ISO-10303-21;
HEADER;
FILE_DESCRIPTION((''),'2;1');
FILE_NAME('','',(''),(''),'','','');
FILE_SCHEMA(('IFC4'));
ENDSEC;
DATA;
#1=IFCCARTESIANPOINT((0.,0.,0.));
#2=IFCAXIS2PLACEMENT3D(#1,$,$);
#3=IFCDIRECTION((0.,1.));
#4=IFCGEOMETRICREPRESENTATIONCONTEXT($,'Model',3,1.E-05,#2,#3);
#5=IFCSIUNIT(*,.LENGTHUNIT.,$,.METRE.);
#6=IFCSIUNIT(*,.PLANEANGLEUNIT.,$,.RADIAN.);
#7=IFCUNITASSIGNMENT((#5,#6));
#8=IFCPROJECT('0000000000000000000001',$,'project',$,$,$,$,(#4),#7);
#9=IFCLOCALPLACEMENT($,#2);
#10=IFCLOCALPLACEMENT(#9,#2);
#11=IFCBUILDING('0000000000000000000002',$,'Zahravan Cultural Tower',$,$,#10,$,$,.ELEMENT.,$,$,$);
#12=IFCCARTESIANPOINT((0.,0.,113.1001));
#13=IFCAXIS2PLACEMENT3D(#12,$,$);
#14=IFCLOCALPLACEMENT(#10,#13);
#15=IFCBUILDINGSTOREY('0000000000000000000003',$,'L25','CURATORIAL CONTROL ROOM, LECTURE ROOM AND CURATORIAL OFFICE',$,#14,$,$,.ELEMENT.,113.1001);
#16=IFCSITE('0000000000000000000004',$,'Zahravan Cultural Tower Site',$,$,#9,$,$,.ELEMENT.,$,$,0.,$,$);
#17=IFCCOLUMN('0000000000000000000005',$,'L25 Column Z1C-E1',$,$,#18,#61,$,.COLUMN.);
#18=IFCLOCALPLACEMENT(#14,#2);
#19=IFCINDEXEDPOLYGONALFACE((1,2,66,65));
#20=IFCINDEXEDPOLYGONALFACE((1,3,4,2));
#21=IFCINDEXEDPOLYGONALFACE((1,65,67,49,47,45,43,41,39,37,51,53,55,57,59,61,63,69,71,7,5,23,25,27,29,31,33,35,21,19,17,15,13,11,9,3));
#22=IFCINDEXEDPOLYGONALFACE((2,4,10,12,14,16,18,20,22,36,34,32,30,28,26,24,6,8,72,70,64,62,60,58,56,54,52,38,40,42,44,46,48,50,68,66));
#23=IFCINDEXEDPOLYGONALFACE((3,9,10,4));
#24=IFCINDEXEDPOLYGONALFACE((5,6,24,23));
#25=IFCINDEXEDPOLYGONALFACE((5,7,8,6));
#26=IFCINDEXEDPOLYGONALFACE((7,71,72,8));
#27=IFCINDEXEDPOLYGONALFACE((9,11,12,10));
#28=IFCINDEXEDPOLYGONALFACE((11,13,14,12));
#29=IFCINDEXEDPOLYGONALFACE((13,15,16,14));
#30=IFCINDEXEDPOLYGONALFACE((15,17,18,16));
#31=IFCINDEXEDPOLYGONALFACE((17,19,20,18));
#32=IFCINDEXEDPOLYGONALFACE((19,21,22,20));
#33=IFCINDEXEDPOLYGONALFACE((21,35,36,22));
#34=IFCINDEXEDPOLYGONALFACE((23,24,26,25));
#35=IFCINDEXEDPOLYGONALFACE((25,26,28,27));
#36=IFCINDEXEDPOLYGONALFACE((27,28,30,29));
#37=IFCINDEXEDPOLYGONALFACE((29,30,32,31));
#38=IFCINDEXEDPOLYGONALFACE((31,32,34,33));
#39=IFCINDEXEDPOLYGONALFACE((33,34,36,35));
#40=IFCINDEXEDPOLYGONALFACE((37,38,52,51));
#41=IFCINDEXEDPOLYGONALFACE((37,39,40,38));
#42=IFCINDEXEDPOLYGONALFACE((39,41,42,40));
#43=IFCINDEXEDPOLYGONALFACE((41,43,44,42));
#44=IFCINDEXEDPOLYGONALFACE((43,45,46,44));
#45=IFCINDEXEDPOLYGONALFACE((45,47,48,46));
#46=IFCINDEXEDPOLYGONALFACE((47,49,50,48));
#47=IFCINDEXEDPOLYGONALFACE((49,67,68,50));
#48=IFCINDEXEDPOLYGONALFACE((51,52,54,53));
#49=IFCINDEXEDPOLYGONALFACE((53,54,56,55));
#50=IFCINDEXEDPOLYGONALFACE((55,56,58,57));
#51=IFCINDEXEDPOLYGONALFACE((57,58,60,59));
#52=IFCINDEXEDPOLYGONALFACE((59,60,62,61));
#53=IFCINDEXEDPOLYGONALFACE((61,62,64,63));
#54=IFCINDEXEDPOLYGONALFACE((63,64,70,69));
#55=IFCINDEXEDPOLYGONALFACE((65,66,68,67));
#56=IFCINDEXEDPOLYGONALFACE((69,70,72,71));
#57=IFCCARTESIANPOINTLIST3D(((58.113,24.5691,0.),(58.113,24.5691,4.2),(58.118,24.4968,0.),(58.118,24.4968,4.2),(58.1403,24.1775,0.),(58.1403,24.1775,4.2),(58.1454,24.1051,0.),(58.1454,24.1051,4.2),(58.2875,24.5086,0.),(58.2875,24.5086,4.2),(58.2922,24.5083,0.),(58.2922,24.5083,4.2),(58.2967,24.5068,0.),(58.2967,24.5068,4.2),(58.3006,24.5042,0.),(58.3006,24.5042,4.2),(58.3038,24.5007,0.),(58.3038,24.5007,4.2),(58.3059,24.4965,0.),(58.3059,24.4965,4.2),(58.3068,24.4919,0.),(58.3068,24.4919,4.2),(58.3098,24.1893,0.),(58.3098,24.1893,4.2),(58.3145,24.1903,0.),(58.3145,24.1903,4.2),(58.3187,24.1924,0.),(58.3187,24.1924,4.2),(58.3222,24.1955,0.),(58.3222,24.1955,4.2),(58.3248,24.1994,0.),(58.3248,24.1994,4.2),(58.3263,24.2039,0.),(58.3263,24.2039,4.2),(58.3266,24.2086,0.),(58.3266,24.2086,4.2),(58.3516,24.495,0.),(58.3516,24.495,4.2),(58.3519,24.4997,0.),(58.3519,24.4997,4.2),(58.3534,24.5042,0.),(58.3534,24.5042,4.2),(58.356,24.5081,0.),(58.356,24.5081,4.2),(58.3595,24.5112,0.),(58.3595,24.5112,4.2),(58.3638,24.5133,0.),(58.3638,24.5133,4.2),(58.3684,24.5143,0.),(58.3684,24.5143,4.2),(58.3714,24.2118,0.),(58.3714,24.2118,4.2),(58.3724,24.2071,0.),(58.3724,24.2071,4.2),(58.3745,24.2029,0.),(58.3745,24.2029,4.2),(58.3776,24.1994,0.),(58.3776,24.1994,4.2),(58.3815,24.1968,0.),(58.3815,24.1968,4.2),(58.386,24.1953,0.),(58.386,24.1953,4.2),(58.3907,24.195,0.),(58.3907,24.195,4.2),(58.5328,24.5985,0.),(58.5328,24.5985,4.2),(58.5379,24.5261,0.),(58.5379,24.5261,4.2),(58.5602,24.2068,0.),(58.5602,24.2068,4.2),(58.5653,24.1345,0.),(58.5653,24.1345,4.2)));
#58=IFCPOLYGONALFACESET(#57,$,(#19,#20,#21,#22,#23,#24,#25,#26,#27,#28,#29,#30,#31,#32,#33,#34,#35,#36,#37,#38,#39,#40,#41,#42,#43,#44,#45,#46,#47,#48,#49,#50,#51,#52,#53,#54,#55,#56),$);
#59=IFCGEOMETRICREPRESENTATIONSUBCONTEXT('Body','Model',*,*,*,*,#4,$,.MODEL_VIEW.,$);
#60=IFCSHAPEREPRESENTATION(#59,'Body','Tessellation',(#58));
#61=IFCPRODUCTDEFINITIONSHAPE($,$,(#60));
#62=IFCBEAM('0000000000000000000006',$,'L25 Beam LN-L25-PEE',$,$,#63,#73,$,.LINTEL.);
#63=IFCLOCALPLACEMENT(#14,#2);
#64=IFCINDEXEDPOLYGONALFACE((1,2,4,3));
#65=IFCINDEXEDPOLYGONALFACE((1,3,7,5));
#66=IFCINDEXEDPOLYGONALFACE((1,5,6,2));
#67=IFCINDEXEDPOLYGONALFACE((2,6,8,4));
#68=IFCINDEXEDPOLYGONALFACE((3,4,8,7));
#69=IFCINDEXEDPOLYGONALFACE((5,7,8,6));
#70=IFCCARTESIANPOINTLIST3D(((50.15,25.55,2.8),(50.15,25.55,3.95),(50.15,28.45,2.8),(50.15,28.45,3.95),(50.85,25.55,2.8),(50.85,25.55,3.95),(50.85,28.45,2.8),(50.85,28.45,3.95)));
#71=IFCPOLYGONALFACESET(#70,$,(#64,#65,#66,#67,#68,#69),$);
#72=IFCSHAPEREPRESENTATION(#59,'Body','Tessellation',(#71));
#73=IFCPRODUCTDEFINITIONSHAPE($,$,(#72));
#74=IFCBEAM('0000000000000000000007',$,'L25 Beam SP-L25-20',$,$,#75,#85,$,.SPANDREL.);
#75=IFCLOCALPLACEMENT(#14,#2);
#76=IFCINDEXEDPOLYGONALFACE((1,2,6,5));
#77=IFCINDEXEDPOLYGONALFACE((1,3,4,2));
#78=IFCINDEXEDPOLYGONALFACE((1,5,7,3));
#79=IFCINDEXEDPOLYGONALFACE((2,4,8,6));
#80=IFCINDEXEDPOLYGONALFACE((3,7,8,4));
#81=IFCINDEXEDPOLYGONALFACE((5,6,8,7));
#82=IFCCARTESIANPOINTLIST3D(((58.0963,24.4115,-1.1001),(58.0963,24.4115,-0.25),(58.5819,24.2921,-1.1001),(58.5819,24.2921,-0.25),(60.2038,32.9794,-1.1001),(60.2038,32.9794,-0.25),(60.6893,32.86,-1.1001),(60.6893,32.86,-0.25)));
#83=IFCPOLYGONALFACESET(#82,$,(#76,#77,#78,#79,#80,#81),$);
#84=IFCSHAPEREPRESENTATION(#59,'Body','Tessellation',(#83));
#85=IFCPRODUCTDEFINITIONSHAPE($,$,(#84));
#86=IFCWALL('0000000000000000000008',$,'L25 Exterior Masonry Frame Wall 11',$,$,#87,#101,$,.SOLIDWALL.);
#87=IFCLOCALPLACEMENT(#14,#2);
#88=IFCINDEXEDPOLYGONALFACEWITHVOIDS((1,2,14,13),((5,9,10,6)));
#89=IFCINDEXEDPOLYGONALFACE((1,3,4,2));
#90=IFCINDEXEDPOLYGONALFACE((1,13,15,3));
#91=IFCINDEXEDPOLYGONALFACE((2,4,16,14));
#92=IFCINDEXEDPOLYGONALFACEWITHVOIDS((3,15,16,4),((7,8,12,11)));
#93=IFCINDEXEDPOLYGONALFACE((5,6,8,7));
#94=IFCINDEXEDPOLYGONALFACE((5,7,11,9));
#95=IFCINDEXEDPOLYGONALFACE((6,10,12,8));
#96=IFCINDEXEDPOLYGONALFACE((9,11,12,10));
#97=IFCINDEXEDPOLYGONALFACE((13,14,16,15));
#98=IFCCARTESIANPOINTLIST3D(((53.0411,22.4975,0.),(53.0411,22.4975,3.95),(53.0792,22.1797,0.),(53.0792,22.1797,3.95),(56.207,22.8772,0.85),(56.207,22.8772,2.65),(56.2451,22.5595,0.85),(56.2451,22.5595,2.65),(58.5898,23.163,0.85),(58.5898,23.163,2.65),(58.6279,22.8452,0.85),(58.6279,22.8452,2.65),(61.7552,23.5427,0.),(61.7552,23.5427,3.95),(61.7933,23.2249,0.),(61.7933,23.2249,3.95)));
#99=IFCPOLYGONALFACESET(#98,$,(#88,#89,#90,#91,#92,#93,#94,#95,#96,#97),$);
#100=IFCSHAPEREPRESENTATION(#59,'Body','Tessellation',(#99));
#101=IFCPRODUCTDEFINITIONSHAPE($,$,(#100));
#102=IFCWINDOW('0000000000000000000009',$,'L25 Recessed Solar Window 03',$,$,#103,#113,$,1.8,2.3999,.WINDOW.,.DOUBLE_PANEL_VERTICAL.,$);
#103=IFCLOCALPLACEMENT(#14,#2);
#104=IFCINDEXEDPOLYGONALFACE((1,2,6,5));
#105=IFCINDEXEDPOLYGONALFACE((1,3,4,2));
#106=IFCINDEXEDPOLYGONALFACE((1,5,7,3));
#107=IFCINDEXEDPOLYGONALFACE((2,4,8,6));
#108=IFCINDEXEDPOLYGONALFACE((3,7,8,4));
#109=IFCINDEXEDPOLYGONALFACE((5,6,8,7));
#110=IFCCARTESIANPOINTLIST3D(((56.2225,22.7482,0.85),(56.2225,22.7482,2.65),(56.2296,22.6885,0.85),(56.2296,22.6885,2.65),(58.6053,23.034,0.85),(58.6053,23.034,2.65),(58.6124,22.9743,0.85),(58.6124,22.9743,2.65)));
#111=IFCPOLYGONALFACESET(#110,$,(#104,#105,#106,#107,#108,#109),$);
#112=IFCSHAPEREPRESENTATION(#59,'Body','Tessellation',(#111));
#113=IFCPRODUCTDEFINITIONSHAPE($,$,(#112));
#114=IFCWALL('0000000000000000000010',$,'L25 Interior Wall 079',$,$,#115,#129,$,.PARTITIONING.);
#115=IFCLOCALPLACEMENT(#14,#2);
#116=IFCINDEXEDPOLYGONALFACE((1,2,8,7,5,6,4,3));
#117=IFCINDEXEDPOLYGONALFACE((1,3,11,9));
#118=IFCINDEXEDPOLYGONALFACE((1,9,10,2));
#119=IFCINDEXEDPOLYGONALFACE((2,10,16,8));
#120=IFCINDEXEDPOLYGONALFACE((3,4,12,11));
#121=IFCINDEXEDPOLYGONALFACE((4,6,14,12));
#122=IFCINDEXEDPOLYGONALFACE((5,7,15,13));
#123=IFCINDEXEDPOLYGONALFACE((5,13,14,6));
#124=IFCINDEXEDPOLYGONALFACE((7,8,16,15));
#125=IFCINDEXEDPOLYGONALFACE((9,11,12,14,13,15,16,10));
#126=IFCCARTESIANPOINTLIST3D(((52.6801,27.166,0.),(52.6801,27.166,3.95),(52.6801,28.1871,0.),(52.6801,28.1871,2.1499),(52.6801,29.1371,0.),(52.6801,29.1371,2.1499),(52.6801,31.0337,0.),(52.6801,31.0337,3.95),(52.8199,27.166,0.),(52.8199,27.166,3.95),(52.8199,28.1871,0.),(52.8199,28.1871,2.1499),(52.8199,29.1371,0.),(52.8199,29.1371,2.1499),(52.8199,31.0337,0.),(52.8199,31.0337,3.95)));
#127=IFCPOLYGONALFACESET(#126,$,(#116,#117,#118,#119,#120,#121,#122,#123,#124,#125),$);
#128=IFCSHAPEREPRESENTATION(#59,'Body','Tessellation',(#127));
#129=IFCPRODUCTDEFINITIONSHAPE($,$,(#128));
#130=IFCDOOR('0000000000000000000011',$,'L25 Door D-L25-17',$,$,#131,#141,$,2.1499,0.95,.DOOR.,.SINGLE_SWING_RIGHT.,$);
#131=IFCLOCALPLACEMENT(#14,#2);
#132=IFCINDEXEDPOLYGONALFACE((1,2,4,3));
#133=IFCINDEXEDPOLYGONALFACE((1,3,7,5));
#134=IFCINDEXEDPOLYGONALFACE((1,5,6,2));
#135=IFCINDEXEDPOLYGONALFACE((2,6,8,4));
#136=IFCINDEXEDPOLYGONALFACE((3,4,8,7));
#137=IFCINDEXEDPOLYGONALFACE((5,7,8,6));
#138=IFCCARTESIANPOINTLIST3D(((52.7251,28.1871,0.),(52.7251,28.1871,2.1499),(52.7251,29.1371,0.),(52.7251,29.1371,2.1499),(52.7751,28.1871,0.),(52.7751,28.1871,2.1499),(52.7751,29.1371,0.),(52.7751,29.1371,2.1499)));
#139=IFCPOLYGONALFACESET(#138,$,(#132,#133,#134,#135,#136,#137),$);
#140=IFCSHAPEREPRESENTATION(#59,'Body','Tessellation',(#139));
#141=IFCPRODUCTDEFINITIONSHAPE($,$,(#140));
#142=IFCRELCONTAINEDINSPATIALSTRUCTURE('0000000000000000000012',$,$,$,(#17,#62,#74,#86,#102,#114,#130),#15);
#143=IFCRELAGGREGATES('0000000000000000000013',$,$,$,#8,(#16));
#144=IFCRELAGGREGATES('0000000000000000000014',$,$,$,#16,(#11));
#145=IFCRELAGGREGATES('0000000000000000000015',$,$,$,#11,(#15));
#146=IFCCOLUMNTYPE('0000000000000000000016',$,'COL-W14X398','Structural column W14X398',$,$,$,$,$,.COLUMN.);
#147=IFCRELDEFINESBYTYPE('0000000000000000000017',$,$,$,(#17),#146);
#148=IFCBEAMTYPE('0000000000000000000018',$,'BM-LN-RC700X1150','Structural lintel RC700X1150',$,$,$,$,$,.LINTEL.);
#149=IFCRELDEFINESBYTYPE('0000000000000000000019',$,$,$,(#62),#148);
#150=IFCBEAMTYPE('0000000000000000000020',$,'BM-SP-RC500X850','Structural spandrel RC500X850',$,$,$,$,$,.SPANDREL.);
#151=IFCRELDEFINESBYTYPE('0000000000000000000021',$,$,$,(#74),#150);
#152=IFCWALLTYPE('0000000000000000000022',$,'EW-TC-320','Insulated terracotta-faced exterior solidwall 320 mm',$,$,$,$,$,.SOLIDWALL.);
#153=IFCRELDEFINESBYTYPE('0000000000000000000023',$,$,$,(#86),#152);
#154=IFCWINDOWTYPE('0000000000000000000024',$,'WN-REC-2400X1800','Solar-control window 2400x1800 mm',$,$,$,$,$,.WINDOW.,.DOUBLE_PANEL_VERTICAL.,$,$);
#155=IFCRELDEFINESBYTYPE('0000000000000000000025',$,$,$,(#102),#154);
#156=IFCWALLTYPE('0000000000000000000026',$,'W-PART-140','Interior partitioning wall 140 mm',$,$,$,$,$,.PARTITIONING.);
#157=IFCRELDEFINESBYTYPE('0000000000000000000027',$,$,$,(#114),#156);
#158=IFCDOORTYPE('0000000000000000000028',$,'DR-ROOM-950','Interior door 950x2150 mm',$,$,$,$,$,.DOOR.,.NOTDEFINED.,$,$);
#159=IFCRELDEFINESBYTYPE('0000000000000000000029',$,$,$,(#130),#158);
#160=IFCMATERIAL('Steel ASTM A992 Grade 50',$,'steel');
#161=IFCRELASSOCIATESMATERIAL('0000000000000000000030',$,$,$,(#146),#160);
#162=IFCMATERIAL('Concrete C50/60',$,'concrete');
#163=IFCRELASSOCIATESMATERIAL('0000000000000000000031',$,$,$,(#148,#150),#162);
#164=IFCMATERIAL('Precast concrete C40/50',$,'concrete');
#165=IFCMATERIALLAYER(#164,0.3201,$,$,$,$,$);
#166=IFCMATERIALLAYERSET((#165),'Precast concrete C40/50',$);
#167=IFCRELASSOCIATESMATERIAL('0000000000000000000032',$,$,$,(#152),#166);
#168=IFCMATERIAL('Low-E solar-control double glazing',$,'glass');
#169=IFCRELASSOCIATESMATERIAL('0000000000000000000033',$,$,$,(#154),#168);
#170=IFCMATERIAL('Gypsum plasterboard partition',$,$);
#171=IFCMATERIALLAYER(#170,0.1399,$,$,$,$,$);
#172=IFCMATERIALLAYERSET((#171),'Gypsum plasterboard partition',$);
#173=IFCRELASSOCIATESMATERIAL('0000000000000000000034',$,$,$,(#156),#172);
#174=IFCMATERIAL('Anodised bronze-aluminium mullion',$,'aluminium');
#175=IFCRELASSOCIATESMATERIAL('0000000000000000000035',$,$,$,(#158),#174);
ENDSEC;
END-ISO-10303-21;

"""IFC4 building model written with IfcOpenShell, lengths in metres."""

from ifc_helpers import new_model, si_unit, direction, frame, frame_2d, origin, origin_2d, place, context, subcontext, project, spatial, rectangle, i_section, extrude, source, transform, mapped, material, layer, layer_set, material_profile, profile_set, type_object, element, fill, save


model = new_model("IFC4")

# Units and contexts
model_context = context("Model", 3, precision=1e-05, world=origin(), true_north=direction((0.0, 1.0)))
body_context = subcontext(model_context, "Body", "Model", "MODEL_VIEW")
ifc_project = project(units=[si_unit("LENGTHUNIT", "METRE"), si_unit("PLANEANGLEUNIT", "RADIAN")], contexts=[model_context])

# Site, building, storey
site_placement = place(None, origin())
site = spatial("IfcSite", under=ifc_project, at=site_placement, Name="Zahravan Cultural Tower Site", CompositionType="ELEMENT", RefElevation=0.0)
building_placement = place(site_placement, origin())
building = spatial("IfcBuilding", under=site, at=building_placement, Name="Zahravan Cultural Tower", CompositionType="ELEMENT")
storey_placement = place(building_placement, frame((0.0, 0.0, 113.1001)))
storey = spatial("IfcBuildingStorey", under=building, at=storey_placement, Name="L25", Description="CURATORIAL CONTROL ROOM, LECTURE ROOM AND CURATORIAL OFFICE", CompositionType="ELEMENT", Elevation=113.1001)

# Column
ifc_material_1 = material(Name="Steel ASTM A992 Grade 50", Category="steel")
ifc_material_profile_1 = material_profile(ifc_material_1, i_section(OverallWidth=0.4209, OverallDepth=0.4651, WebThickness=0.0449, FlangeThickness=0.0725, FilletRadius=0.0181, at=origin_2d()), Name="W14X398")
ifc_profile_set_1 = profile_set([ifc_material_profile_1], Name="Steel ASTM A992 Grade 50")
column_type = type_object("IfcColumnType", Name="COL-W14X398", Description="Structural column W14X398", PredefinedType="COLUMN", material=ifc_profile_set_1)
shared_shape_1 = source(origin(), body_context, "Body", "SweptSolid", [
    extrude(i_section(OverallWidth=0.4209, OverallDepth=0.4651, WebThickness=0.0449, FlangeThickness=0.0725, FilletRadius=0.0181, at=origin_2d()), origin(), (0.0, 0.0, 1.0), 4.2),
])
column_placement = place(storey_placement, frame((58.3391, 24.3518, 0.0), z_axis=(0.0, 0.0, 1.0), x_axis=(0.997564, 0.069756, 0.0)))
element("IfcColumn", 1, at=column_placement, inside=storey, type_object=column_type, Name="L25 Column Z1C-E1", PredefinedType="COLUMN", context=body_context, shape_type="MappedRepresentation", body=[
    mapped(shared_shape_1, transform((0.0, 0.0, 0.0), x_axis=(1.0, 0.0, 0.0), y_axis=(0.0, 1.0, 0.0), z_axis=(0.0, 0.0, 1.0), scale=1.0)),
])

# Beams
ifc_material_2 = material(Name="Concrete C50/60", Category="concrete")
ifc_material_profile_2 = material_profile(ifc_material_2, rectangle(XDim=0.7, YDim=1.1499, at=origin_2d()), Name="RC700X1150")
ifc_profile_set_2 = profile_set([ifc_material_profile_2], Name="Concrete C50/60")
beam_type_1 = type_object("IfcBeamType", Name="BM-LN-RC700X1150", Description="Structural lintel RC700X1150", PredefinedType="LINTEL", material=ifc_profile_set_2)
shared_shape_2 = source(origin(), body_context, "Body", "SweptSolid", [
    extrude(rectangle(XDim=0.7, YDim=1.1499, at=origin_2d()), origin(), (0.0, 0.0, 1.0), 2.8999),
])
beam_1_placement = place(storey_placement, frame((50.5, 25.55, 3.375), z_axis=(0.0, 1.0, 0.0), x_axis=(-1.0, 0.0, 0.0)))
element("IfcBeam", 2, at=beam_1_placement, inside=storey, type_object=beam_type_1, Name="L25 Beam LN-L25-PEE", PredefinedType="LINTEL", context=body_context, shape_type="MappedRepresentation", body=[
    mapped(shared_shape_2, transform((0.0, 0.0, 0.0), x_axis=(1.0, 0.0, 0.0), y_axis=(0.0, 1.0, 0.0), z_axis=(0.0, 0.0, 1.0), scale=1.0)),
])
ifc_material_profile_3 = material_profile(ifc_material_2, rectangle(XDim=0.5, YDim=0.8501, at=origin_2d()), Name="RC500X850")
ifc_profile_set_3 = profile_set([ifc_material_profile_3], Name="Concrete C50/60")
beam_type_2 = type_object("IfcBeamType", Name="BM-SP-RC500X850", Description="Structural spandrel RC500X850", PredefinedType="SPANDREL", material=ifc_profile_set_3)
shared_shape_3 = source(origin(), body_context, "Body", "SweptSolid", [
    extrude(rectangle(XDim=0.5, YDim=0.8501, at=origin_2d()), origin(), (0.0, 0.0, 1.0), 8.8232),
])
beam_2_placement = place(storey_placement, frame((58.3391, 24.3518, -0.675), z_axis=(0.238849, 0.971057, 0.0), x_axis=(-0.971057, 0.238849, 0.0)))
element("IfcBeam", 3, at=beam_2_placement, inside=storey, type_object=beam_type_2, Name="L25 Beam SP-L25-20", PredefinedType="SPANDREL", context=body_context, shape_type="MappedRepresentation", body=[
    mapped(shared_shape_3, transform((0.0, 0.0, 0.0), x_axis=(1.0, 0.0, 0.0), y_axis=(0.0, 1.0, 0.0), z_axis=(0.0, 0.0, 1.0), scale=1.0)),
])

# Wall, opening, window
ifc_material_3 = material(Name="Precast concrete C40/50", Category="concrete")
ifc_layer_1 = layer(ifc_material_3, 0.3201)
ifc_layer_set_1 = layer_set([ifc_layer_1], Name="Precast concrete C40/50")
wall_type_1 = type_object("IfcWallType", Name="EW-TC-320", Description="Insulated terracotta-faced exterior solidwall 320 mm", PredefinedType="SOLIDWALL", material=ifc_layer_set_1)
wall_1_placement = place(storey_placement, frame((61.7742, 23.3838, 0.0), z_axis=(0.0, 0.0, 1.0), x_axis=(-0.992884, -0.119086, 0.0)))
wall_1 = element("IfcWall", 4, at=wall_1_placement, inside=storey, type_object=wall_type_1, Name="L25 Exterior Masonry Frame Wall 11", PredefinedType="SOLIDWALL", context=body_context, shape_type="SweptSolid", body=[
    extrude(rectangle(XDim=8.7766, YDim=0.3201, at=frame_2d((4.3882, 0.0))), origin(), (0.0, 0.0, 1.0), 3.95),
])
opening_1_placement = place(wall_1_placement, frame((3.188, 0.0, 0.8501)))
opening_1 = element("IfcOpeningElement", 5, at=opening_1_placement, cuts=wall_1, PredefinedType="OPENING", context=body_context, shape_type="SweptSolid", body=[
    extrude(rectangle(XDim=2.3999, YDim=1.8, at=frame_2d((1.2, 0.8999))), frame((0.0, 0.1699, 0.0), z_axis=(0.0, -1.0, 0.0), x_axis=(1.0, 0.0, 0.0)), (0.0, 0.0, 1.0), 0.3401),
])
ifc_material_4 = material(Name="Low-E solar-control double glazing", Category="glass")
window_type = type_object("IfcWindowType", Name="WN-REC-2400X1800", Description="Solar-control window 2400x1800 mm", PartitioningType="DOUBLE_PANEL_VERTICAL", PredefinedType="WINDOW", material=ifc_material_4)
shared_shape_4 = source(origin(), body_context, "Body", "SweptSolid", [
    extrude(rectangle(XDim=2.3999, YDim=1.8, at=frame_2d((1.2, 0.8999))), frame((0.0, 0.03, 0.0), z_axis=(0.0, -1.0, 0.0), x_axis=(1.0, 0.0, 0.0)), (0.0, 0.0, 1.0), 0.0601),
])
window_placement = place(opening_1_placement, origin())
window = element("IfcWindow", 6, at=window_placement, inside=storey, type_object=window_type, Name="L25 Recessed Solar Window 03", OverallHeight=1.8, OverallWidth=2.3999, PartitioningType="DOUBLE_PANEL_VERTICAL", PredefinedType="WINDOW", context=body_context, shape_type="MappedRepresentation", body=[
    mapped(shared_shape_4, transform((0.0, 0.0, 0.0), x_axis=(1.0, 0.0, 0.0), y_axis=(0.0, 1.0, 0.0), z_axis=(0.0, 0.0, 1.0), scale=1.0)),
])
fill(opening_1, window)

# Wall, opening, door
ifc_material_5 = material(Name="Gypsum plasterboard partition")
ifc_layer_2 = layer(ifc_material_5, 0.1399)
ifc_layer_set_2 = layer_set([ifc_layer_2], Name="Gypsum plasterboard partition")
wall_type_2 = type_object("IfcWallType", Name="W-PART-140", Description="Interior partitioning wall 140 mm", PredefinedType="PARTITIONING", material=ifc_layer_set_2)
wall_2_placement = place(storey_placement, frame((52.75, 27.166, 0.0), z_axis=(0.0, 0.0, 1.0), x_axis=(0.0, 1.0, 0.0)))
wall_2 = element("IfcWall", 7, at=wall_2_placement, inside=storey, type_object=wall_type_2, Name="L25 Interior Wall 079", PredefinedType="PARTITIONING", context=body_context, shape_type="SweptSolid", body=[
    extrude(rectangle(XDim=3.8677, YDim=0.1399, at=frame_2d((1.9338, 0.0))), origin(), (0.0, 0.0, 1.0), 3.95),
])
opening_2_placement = place(wall_2_placement, frame((1.021, 0.0, 0.0)))
opening_2 = element("IfcOpeningElement", 8, at=opening_2_placement, cuts=wall_2, PredefinedType="OPENING", context=body_context, shape_type="SweptSolid", body=[
    extrude(rectangle(XDim=0.95, YDim=2.1499, at=frame_2d((0.4751, 1.075))), frame((0.0, 0.0798, 0.0), z_axis=(0.0, -1.0, 0.0), x_axis=(1.0, 0.0, 0.0)), (0.0, 0.0, 1.0), 0.1599),
])
ifc_material_6 = material(Name="Anodised bronze-aluminium mullion", Category="aluminium")
door_type = type_object("IfcDoorType", Name="DR-ROOM-950", Description="Interior door 950x2150 mm", OperationType="NOTDEFINED", PredefinedType="DOOR", material=ifc_material_6)
shared_shape_5 = source(origin(), body_context, "Body", "SweptSolid", [
    extrude(rectangle(XDim=0.95, YDim=2.1499, at=frame_2d((0.4751, 1.075))), frame((0.0, 0.0249, 0.0), z_axis=(0.0, -1.0, 0.0), x_axis=(1.0, 0.0, 0.0)), (0.0, 0.0, 1.0), 0.05),
])
door_1_placement = place(opening_2_placement, origin())
door_1 = element("IfcDoor", 9, at=door_1_placement, inside=storey, type_object=door_type, Name="L25 Door D-L25-17", OperationType="SINGLE_SWING_RIGHT", OverallHeight=2.1499, OverallWidth=0.95, PredefinedType="DOOR", context=body_context, shape_type="MappedRepresentation", body=[
    mapped(shared_shape_5, transform((0.0, 0.0, 0.0), x_axis=(1.0, 0.0, 0.0), y_axis=(0.0, 1.0, 0.0), z_axis=(0.0, 0.0, 1.0), scale=1.0)),
])
fill(opening_2, door_1)

save(model, "model.ifc")
